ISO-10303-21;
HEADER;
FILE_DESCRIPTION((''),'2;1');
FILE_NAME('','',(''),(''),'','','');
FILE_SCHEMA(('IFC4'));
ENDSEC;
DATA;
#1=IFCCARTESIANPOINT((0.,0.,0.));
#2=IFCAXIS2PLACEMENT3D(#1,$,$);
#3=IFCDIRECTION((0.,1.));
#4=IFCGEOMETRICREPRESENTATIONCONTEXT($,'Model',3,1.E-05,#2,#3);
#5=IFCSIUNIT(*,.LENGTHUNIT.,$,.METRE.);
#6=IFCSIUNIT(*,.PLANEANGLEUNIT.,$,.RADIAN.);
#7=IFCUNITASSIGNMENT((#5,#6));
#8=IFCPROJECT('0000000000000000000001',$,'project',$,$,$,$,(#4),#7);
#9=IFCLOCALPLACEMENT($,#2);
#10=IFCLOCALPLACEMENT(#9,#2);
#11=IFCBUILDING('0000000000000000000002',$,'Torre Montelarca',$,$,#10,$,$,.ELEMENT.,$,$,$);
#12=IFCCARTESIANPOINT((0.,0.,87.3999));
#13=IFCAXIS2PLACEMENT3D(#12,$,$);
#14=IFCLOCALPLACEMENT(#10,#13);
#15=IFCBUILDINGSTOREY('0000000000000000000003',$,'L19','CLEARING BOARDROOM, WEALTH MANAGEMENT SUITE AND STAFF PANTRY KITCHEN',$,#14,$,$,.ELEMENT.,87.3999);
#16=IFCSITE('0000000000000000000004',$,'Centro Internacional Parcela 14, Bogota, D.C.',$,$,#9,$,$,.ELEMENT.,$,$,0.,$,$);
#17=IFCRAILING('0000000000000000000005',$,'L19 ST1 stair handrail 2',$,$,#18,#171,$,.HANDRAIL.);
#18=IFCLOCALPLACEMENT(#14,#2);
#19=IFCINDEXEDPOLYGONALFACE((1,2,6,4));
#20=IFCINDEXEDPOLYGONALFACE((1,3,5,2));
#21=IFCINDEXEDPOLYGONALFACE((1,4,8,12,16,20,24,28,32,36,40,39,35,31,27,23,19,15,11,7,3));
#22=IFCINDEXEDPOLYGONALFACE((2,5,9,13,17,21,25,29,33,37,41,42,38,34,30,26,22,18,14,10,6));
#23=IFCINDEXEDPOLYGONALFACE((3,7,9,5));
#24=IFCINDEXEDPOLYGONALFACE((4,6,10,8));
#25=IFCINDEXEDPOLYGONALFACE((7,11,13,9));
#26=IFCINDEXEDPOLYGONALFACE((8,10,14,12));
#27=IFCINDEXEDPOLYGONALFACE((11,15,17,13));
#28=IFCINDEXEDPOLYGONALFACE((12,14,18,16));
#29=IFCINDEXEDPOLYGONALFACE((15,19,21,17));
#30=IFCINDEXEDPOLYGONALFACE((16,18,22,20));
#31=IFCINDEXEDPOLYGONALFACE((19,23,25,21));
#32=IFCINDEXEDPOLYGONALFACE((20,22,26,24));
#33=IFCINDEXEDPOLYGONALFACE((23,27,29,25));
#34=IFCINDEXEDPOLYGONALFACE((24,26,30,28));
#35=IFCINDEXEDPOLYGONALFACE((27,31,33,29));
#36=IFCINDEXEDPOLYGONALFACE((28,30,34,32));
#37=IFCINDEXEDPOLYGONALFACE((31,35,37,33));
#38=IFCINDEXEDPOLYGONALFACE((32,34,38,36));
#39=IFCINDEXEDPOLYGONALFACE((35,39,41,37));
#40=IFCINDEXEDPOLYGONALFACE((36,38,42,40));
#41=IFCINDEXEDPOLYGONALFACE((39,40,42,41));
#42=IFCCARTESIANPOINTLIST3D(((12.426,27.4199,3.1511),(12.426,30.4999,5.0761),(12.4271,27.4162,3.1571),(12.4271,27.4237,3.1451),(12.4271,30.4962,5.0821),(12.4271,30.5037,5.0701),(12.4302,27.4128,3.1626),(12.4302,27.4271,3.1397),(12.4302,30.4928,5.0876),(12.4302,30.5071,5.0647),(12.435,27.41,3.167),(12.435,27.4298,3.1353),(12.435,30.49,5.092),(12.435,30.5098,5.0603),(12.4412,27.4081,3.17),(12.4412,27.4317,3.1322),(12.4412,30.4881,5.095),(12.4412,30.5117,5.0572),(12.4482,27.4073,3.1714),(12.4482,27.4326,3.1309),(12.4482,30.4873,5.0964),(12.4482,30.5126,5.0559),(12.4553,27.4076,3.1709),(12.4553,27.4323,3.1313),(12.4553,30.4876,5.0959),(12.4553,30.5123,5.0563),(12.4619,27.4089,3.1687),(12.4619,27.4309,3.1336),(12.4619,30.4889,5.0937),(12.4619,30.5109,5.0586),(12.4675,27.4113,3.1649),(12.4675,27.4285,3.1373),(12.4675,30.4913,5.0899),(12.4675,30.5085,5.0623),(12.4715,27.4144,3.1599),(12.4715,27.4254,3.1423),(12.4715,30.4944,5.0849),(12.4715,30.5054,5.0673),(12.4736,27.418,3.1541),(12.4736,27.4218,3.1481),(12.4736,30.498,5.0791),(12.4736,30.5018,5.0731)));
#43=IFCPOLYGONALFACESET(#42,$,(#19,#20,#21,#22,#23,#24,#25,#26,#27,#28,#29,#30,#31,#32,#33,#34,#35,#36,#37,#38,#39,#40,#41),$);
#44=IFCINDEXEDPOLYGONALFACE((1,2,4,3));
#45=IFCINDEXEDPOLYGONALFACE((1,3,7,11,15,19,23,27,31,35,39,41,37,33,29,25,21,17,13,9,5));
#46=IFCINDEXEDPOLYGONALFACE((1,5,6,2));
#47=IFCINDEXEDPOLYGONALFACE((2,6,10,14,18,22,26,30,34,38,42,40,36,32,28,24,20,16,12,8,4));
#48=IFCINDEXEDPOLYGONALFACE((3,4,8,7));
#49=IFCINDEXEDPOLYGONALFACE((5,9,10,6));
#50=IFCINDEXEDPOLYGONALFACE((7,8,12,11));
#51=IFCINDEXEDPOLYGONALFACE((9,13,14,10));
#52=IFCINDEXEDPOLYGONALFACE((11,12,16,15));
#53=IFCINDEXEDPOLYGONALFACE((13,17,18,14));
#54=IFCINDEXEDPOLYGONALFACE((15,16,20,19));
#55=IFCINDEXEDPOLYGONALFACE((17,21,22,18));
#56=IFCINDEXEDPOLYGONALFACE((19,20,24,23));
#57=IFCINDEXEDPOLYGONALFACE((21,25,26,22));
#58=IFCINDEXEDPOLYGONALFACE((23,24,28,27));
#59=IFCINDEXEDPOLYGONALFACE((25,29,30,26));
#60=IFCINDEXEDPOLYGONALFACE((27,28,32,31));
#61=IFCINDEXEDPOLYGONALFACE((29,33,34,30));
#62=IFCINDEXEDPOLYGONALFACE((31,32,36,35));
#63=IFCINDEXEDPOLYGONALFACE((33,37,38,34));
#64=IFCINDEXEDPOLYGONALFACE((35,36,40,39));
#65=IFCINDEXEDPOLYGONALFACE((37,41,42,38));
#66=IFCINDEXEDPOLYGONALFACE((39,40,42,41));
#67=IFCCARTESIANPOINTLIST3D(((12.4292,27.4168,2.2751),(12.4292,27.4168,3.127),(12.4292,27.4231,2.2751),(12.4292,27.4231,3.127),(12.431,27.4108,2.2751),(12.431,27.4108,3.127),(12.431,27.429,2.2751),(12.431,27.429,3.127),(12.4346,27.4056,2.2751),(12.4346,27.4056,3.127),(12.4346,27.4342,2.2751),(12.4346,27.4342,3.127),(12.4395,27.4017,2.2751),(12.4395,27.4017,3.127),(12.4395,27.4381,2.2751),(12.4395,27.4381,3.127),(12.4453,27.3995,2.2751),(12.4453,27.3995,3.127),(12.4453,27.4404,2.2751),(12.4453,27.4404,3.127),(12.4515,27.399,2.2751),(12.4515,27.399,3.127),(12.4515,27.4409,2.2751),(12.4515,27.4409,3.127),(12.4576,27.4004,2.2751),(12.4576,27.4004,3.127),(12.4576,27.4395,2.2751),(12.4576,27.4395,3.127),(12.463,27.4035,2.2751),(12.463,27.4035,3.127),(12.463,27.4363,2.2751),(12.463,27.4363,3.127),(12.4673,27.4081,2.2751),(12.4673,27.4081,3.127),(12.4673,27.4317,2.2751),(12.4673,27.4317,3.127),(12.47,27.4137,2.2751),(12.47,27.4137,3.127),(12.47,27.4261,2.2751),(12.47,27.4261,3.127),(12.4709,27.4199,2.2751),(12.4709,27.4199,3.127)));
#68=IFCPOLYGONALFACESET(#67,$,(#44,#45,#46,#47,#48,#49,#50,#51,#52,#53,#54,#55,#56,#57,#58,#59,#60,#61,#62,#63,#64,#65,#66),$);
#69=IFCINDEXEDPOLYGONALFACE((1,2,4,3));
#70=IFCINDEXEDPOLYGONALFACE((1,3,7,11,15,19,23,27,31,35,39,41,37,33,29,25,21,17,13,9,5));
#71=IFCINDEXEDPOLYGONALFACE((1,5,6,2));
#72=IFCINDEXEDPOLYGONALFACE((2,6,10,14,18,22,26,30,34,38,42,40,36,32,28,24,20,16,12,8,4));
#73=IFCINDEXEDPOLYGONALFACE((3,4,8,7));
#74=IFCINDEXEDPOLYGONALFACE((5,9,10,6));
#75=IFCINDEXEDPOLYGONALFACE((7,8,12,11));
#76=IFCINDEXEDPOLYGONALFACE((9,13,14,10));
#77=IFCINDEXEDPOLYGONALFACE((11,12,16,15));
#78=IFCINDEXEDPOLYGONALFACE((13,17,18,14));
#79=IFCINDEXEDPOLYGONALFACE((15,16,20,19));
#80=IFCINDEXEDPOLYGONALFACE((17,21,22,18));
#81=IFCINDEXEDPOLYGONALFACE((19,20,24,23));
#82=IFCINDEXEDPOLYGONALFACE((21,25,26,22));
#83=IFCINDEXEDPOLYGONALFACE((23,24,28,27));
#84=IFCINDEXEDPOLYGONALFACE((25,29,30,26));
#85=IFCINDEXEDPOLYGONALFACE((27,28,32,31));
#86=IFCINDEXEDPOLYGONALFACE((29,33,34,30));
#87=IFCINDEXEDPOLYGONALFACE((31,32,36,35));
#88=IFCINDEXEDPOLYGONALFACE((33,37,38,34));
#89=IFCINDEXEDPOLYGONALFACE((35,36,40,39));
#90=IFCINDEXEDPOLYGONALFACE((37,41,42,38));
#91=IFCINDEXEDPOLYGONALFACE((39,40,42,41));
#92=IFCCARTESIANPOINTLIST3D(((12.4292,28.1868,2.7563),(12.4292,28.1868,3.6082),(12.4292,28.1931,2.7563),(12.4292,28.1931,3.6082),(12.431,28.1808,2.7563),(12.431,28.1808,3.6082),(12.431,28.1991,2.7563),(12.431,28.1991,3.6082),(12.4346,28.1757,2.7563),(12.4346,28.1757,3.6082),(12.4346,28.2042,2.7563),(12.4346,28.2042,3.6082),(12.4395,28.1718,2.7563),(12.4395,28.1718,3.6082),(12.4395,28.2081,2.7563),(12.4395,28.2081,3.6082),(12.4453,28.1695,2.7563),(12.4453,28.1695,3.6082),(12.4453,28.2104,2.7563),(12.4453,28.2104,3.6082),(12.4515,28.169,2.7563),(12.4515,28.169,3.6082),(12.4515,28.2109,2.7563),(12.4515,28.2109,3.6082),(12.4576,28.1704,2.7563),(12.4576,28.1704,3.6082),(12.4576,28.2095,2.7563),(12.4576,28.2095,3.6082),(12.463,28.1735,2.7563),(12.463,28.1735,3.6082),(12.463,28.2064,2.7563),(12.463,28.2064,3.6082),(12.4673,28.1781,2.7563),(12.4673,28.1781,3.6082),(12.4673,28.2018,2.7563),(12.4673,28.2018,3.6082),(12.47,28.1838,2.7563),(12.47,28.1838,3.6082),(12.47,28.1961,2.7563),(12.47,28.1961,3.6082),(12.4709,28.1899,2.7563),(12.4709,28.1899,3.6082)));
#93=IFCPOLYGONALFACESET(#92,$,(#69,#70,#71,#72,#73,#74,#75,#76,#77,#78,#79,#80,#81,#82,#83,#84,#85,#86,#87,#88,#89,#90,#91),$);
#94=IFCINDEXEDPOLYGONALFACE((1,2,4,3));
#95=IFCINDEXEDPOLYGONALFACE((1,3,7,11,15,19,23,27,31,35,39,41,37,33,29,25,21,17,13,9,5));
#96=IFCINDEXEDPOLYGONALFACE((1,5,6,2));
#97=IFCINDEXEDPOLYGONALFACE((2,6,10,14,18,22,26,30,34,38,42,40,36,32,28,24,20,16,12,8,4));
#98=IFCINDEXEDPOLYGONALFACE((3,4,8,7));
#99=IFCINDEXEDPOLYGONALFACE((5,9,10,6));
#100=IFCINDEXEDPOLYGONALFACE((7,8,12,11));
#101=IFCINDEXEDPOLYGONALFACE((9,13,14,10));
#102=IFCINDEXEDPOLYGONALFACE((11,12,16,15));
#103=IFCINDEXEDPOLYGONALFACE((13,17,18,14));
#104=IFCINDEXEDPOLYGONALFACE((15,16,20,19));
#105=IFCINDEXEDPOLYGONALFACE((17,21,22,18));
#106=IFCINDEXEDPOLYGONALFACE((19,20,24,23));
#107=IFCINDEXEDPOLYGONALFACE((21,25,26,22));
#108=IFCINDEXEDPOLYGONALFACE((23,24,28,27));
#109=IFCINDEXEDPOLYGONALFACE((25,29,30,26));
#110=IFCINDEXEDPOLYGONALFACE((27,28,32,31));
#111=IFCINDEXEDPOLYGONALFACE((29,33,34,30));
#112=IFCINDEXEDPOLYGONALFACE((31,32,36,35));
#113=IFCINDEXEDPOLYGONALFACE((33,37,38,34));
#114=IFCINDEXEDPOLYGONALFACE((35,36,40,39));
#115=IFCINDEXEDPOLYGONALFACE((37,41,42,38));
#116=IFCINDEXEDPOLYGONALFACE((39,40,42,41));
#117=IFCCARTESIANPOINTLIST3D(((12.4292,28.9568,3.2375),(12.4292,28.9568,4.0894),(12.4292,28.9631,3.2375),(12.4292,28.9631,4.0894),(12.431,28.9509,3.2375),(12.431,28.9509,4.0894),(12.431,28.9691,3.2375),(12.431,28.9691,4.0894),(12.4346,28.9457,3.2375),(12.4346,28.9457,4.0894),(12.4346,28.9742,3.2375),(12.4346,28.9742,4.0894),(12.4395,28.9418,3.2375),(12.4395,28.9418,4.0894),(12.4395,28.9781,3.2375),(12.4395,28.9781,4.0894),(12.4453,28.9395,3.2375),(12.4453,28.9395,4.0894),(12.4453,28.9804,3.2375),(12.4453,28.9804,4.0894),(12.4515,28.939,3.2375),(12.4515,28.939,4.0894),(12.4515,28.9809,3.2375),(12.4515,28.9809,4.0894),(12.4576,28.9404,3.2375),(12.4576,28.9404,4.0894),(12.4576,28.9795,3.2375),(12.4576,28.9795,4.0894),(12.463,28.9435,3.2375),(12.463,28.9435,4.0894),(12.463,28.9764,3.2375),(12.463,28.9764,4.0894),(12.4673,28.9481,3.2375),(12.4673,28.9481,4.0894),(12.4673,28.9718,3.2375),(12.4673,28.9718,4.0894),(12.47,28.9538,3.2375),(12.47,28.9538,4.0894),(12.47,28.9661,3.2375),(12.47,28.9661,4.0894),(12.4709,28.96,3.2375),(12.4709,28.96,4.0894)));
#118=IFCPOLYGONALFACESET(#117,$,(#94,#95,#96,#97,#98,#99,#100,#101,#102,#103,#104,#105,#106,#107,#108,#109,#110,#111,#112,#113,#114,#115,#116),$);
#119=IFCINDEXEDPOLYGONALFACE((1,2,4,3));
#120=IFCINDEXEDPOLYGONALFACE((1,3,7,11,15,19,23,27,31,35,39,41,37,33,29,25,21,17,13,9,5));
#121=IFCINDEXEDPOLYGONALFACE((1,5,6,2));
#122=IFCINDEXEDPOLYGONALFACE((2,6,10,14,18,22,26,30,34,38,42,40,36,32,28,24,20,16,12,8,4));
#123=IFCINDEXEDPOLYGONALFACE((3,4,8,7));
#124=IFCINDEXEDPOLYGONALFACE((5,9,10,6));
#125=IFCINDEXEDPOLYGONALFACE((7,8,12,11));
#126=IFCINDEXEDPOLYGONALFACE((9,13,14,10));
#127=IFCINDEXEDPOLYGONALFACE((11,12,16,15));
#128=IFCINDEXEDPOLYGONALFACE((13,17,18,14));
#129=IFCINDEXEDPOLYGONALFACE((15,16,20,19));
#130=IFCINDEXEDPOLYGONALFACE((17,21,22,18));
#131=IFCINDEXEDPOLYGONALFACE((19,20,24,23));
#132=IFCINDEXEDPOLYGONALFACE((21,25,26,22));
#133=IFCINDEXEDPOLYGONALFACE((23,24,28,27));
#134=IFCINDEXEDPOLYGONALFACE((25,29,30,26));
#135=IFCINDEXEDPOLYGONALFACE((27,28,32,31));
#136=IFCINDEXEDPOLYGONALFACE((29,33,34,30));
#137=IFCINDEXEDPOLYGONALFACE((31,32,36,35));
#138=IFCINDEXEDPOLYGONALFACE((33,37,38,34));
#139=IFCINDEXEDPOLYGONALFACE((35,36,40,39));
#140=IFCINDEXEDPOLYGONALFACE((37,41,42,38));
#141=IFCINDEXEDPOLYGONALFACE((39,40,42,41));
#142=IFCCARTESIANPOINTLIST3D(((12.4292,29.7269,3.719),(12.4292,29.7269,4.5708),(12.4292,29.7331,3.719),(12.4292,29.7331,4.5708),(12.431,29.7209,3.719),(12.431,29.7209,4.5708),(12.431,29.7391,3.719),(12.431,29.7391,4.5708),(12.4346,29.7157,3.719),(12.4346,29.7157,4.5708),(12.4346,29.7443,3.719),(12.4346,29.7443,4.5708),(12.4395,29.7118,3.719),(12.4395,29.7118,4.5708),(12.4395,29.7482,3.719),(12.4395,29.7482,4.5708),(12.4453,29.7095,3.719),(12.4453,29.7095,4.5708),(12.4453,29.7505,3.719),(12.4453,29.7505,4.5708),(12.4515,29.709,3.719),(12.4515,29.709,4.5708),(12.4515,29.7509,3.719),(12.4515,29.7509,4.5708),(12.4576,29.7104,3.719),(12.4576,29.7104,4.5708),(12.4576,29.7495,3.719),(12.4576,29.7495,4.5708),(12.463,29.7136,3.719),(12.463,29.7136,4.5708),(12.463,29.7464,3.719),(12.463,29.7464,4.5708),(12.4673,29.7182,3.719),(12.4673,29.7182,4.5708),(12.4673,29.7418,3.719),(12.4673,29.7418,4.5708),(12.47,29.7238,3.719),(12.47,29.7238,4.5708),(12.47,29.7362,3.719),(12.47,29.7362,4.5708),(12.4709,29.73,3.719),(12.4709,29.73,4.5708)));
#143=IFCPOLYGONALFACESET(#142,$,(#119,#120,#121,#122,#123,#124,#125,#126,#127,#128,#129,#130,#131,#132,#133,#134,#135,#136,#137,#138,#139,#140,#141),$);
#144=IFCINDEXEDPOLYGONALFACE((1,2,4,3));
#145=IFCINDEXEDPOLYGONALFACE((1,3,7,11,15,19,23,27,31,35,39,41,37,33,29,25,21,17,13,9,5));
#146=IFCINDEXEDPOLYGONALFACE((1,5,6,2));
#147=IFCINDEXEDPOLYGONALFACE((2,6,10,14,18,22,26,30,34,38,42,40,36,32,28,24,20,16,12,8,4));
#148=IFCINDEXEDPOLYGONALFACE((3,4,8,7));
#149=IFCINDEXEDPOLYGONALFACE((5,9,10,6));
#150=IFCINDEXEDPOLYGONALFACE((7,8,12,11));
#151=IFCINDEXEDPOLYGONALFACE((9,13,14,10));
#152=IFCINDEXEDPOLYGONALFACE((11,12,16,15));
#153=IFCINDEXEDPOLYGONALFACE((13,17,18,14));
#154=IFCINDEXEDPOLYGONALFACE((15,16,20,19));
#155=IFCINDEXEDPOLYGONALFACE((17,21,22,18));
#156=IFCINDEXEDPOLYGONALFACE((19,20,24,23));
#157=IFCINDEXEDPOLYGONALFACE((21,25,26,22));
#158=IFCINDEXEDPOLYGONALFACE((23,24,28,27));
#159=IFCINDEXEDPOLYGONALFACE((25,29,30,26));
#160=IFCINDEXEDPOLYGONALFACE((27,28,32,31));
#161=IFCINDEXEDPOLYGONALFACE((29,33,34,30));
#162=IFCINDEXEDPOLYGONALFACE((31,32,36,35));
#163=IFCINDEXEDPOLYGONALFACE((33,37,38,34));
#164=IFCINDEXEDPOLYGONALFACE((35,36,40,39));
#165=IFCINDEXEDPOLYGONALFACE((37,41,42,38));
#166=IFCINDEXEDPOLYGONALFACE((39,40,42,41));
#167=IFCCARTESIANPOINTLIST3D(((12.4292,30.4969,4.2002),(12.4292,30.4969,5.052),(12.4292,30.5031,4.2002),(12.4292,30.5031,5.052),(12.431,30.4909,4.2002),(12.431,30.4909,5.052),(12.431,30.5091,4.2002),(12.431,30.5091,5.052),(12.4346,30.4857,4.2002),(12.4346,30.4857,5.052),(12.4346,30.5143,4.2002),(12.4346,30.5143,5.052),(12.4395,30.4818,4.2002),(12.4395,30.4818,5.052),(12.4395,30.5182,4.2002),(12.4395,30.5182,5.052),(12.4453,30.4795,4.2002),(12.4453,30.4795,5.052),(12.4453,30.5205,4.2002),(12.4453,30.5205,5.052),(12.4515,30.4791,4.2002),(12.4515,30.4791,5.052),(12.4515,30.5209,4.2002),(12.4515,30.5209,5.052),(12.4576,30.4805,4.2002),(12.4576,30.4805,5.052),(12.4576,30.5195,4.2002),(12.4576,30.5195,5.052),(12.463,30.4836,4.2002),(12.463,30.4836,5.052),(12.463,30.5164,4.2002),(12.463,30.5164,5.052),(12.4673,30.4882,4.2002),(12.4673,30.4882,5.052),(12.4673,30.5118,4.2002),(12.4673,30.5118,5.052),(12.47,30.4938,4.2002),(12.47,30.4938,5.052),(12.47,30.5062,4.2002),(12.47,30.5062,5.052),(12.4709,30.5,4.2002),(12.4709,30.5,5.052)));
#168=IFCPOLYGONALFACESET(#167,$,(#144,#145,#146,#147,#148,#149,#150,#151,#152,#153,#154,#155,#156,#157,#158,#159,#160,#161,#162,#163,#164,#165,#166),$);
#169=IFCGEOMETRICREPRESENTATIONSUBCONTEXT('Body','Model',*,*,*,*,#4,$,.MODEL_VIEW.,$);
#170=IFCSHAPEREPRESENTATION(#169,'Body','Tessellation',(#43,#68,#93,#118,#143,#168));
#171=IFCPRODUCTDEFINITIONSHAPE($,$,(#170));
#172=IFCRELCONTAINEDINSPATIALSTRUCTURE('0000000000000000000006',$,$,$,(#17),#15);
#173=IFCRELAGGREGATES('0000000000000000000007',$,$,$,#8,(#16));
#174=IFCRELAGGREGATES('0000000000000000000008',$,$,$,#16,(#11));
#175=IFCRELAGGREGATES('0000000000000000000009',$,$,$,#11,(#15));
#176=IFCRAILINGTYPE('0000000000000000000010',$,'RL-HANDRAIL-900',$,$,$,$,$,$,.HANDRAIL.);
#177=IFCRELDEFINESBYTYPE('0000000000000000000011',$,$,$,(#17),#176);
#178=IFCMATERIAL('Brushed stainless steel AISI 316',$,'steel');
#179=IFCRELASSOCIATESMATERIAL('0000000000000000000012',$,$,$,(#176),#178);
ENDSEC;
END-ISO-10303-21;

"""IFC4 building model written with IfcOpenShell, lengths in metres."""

from ifc_helpers import new_model, si_unit, direction, frame, origin, origin_2d, place, context, subcontext, project, spatial, circle, extrude, material, type_object, element, save


model = new_model("IFC4")

# Units and contexts
model_context = context("Model", 3, precision=1e-05, world=origin(), true_north=direction((0.0, 1.0)))
body_context = subcontext(model_context, "Body", "Model", "MODEL_VIEW")
ifc_project = project(units=[si_unit("LENGTHUNIT", "METRE"), si_unit("PLANEANGLEUNIT", "RADIAN")], contexts=[model_context])

# Site, building, storey
site_placement = place(None, origin())
site = spatial("IfcSite", under=ifc_project, at=site_placement, Name="Centro Internacional Parcela 14, Bogota, D.C.", CompositionType="ELEMENT", RefElevation=0.0)
building_placement = place(site_placement, origin())
building = spatial("IfcBuilding", under=site, at=building_placement, Name="Torre Montelarca", CompositionType="ELEMENT")
storey_placement = place(building_placement, frame((0.0, 0.0, 87.3999)))
storey = spatial("IfcBuildingStorey", under=building, at=storey_placement, Name="L19", Description="CLEARING BOARDROOM, WEALTH MANAGEMENT SUITE AND STAFF PANTRY KITCHEN", CompositionType="ELEMENT", Elevation=87.3999)

# Shared definitions
ifc_material_1 = material(Name="Brushed stainless steel AISI 316", Category="steel")

# Railing
railing_type_1 = type_object("IfcRailingType", Name="RL-HANDRAIL-900", PredefinedType="HANDRAIL", material=ifc_material_1)
railing_1_placement = place(storey_placement, frame((12.45, 27.4199, 2.2751)))
element("IfcRailing", 1, at=railing_1_placement, inside=storey, type_object=railing_type_1, Name="L19 ST1 stair handrail 2", PredefinedType="HANDRAIL", context=body_context, shape_type="SweptSolid", body=[
    extrude(circle(Radius=0.0239, at=origin_2d()), frame((0.0, 0.0, 0.876), z_axis=(0.0, 0.847998, 0.529999), x_axis=(-1.0, 0.0, 0.0)), (0.0, 0.0, 1.0), 3.6321),
    extrude(circle(Radius=0.021, at=origin_2d()), origin(), (0.0, 0.0, 1.0), 0.8518),
    extrude(circle(Radius=0.021, at=origin_2d()), frame((0.0, 0.77, 0.4812)), (0.0, 0.0, 1.0), 0.8518),
    extrude(circle(Radius=0.021, at=origin_2d()), frame((0.0, 1.54, 0.9624)), (0.0, 0.0, 1.0), 0.8518),
    extrude(circle(Radius=0.021, at=origin_2d()), frame((0.0, 2.3101, 1.4438)), (0.0, 0.0, 1.0), 0.8518),
    extrude(circle(Radius=0.021, at=origin_2d()), frame((0.0, 3.0801, 1.925)), (0.0, 0.0, 1.0), 0.8518),
])

save(model, "model.ifc")
